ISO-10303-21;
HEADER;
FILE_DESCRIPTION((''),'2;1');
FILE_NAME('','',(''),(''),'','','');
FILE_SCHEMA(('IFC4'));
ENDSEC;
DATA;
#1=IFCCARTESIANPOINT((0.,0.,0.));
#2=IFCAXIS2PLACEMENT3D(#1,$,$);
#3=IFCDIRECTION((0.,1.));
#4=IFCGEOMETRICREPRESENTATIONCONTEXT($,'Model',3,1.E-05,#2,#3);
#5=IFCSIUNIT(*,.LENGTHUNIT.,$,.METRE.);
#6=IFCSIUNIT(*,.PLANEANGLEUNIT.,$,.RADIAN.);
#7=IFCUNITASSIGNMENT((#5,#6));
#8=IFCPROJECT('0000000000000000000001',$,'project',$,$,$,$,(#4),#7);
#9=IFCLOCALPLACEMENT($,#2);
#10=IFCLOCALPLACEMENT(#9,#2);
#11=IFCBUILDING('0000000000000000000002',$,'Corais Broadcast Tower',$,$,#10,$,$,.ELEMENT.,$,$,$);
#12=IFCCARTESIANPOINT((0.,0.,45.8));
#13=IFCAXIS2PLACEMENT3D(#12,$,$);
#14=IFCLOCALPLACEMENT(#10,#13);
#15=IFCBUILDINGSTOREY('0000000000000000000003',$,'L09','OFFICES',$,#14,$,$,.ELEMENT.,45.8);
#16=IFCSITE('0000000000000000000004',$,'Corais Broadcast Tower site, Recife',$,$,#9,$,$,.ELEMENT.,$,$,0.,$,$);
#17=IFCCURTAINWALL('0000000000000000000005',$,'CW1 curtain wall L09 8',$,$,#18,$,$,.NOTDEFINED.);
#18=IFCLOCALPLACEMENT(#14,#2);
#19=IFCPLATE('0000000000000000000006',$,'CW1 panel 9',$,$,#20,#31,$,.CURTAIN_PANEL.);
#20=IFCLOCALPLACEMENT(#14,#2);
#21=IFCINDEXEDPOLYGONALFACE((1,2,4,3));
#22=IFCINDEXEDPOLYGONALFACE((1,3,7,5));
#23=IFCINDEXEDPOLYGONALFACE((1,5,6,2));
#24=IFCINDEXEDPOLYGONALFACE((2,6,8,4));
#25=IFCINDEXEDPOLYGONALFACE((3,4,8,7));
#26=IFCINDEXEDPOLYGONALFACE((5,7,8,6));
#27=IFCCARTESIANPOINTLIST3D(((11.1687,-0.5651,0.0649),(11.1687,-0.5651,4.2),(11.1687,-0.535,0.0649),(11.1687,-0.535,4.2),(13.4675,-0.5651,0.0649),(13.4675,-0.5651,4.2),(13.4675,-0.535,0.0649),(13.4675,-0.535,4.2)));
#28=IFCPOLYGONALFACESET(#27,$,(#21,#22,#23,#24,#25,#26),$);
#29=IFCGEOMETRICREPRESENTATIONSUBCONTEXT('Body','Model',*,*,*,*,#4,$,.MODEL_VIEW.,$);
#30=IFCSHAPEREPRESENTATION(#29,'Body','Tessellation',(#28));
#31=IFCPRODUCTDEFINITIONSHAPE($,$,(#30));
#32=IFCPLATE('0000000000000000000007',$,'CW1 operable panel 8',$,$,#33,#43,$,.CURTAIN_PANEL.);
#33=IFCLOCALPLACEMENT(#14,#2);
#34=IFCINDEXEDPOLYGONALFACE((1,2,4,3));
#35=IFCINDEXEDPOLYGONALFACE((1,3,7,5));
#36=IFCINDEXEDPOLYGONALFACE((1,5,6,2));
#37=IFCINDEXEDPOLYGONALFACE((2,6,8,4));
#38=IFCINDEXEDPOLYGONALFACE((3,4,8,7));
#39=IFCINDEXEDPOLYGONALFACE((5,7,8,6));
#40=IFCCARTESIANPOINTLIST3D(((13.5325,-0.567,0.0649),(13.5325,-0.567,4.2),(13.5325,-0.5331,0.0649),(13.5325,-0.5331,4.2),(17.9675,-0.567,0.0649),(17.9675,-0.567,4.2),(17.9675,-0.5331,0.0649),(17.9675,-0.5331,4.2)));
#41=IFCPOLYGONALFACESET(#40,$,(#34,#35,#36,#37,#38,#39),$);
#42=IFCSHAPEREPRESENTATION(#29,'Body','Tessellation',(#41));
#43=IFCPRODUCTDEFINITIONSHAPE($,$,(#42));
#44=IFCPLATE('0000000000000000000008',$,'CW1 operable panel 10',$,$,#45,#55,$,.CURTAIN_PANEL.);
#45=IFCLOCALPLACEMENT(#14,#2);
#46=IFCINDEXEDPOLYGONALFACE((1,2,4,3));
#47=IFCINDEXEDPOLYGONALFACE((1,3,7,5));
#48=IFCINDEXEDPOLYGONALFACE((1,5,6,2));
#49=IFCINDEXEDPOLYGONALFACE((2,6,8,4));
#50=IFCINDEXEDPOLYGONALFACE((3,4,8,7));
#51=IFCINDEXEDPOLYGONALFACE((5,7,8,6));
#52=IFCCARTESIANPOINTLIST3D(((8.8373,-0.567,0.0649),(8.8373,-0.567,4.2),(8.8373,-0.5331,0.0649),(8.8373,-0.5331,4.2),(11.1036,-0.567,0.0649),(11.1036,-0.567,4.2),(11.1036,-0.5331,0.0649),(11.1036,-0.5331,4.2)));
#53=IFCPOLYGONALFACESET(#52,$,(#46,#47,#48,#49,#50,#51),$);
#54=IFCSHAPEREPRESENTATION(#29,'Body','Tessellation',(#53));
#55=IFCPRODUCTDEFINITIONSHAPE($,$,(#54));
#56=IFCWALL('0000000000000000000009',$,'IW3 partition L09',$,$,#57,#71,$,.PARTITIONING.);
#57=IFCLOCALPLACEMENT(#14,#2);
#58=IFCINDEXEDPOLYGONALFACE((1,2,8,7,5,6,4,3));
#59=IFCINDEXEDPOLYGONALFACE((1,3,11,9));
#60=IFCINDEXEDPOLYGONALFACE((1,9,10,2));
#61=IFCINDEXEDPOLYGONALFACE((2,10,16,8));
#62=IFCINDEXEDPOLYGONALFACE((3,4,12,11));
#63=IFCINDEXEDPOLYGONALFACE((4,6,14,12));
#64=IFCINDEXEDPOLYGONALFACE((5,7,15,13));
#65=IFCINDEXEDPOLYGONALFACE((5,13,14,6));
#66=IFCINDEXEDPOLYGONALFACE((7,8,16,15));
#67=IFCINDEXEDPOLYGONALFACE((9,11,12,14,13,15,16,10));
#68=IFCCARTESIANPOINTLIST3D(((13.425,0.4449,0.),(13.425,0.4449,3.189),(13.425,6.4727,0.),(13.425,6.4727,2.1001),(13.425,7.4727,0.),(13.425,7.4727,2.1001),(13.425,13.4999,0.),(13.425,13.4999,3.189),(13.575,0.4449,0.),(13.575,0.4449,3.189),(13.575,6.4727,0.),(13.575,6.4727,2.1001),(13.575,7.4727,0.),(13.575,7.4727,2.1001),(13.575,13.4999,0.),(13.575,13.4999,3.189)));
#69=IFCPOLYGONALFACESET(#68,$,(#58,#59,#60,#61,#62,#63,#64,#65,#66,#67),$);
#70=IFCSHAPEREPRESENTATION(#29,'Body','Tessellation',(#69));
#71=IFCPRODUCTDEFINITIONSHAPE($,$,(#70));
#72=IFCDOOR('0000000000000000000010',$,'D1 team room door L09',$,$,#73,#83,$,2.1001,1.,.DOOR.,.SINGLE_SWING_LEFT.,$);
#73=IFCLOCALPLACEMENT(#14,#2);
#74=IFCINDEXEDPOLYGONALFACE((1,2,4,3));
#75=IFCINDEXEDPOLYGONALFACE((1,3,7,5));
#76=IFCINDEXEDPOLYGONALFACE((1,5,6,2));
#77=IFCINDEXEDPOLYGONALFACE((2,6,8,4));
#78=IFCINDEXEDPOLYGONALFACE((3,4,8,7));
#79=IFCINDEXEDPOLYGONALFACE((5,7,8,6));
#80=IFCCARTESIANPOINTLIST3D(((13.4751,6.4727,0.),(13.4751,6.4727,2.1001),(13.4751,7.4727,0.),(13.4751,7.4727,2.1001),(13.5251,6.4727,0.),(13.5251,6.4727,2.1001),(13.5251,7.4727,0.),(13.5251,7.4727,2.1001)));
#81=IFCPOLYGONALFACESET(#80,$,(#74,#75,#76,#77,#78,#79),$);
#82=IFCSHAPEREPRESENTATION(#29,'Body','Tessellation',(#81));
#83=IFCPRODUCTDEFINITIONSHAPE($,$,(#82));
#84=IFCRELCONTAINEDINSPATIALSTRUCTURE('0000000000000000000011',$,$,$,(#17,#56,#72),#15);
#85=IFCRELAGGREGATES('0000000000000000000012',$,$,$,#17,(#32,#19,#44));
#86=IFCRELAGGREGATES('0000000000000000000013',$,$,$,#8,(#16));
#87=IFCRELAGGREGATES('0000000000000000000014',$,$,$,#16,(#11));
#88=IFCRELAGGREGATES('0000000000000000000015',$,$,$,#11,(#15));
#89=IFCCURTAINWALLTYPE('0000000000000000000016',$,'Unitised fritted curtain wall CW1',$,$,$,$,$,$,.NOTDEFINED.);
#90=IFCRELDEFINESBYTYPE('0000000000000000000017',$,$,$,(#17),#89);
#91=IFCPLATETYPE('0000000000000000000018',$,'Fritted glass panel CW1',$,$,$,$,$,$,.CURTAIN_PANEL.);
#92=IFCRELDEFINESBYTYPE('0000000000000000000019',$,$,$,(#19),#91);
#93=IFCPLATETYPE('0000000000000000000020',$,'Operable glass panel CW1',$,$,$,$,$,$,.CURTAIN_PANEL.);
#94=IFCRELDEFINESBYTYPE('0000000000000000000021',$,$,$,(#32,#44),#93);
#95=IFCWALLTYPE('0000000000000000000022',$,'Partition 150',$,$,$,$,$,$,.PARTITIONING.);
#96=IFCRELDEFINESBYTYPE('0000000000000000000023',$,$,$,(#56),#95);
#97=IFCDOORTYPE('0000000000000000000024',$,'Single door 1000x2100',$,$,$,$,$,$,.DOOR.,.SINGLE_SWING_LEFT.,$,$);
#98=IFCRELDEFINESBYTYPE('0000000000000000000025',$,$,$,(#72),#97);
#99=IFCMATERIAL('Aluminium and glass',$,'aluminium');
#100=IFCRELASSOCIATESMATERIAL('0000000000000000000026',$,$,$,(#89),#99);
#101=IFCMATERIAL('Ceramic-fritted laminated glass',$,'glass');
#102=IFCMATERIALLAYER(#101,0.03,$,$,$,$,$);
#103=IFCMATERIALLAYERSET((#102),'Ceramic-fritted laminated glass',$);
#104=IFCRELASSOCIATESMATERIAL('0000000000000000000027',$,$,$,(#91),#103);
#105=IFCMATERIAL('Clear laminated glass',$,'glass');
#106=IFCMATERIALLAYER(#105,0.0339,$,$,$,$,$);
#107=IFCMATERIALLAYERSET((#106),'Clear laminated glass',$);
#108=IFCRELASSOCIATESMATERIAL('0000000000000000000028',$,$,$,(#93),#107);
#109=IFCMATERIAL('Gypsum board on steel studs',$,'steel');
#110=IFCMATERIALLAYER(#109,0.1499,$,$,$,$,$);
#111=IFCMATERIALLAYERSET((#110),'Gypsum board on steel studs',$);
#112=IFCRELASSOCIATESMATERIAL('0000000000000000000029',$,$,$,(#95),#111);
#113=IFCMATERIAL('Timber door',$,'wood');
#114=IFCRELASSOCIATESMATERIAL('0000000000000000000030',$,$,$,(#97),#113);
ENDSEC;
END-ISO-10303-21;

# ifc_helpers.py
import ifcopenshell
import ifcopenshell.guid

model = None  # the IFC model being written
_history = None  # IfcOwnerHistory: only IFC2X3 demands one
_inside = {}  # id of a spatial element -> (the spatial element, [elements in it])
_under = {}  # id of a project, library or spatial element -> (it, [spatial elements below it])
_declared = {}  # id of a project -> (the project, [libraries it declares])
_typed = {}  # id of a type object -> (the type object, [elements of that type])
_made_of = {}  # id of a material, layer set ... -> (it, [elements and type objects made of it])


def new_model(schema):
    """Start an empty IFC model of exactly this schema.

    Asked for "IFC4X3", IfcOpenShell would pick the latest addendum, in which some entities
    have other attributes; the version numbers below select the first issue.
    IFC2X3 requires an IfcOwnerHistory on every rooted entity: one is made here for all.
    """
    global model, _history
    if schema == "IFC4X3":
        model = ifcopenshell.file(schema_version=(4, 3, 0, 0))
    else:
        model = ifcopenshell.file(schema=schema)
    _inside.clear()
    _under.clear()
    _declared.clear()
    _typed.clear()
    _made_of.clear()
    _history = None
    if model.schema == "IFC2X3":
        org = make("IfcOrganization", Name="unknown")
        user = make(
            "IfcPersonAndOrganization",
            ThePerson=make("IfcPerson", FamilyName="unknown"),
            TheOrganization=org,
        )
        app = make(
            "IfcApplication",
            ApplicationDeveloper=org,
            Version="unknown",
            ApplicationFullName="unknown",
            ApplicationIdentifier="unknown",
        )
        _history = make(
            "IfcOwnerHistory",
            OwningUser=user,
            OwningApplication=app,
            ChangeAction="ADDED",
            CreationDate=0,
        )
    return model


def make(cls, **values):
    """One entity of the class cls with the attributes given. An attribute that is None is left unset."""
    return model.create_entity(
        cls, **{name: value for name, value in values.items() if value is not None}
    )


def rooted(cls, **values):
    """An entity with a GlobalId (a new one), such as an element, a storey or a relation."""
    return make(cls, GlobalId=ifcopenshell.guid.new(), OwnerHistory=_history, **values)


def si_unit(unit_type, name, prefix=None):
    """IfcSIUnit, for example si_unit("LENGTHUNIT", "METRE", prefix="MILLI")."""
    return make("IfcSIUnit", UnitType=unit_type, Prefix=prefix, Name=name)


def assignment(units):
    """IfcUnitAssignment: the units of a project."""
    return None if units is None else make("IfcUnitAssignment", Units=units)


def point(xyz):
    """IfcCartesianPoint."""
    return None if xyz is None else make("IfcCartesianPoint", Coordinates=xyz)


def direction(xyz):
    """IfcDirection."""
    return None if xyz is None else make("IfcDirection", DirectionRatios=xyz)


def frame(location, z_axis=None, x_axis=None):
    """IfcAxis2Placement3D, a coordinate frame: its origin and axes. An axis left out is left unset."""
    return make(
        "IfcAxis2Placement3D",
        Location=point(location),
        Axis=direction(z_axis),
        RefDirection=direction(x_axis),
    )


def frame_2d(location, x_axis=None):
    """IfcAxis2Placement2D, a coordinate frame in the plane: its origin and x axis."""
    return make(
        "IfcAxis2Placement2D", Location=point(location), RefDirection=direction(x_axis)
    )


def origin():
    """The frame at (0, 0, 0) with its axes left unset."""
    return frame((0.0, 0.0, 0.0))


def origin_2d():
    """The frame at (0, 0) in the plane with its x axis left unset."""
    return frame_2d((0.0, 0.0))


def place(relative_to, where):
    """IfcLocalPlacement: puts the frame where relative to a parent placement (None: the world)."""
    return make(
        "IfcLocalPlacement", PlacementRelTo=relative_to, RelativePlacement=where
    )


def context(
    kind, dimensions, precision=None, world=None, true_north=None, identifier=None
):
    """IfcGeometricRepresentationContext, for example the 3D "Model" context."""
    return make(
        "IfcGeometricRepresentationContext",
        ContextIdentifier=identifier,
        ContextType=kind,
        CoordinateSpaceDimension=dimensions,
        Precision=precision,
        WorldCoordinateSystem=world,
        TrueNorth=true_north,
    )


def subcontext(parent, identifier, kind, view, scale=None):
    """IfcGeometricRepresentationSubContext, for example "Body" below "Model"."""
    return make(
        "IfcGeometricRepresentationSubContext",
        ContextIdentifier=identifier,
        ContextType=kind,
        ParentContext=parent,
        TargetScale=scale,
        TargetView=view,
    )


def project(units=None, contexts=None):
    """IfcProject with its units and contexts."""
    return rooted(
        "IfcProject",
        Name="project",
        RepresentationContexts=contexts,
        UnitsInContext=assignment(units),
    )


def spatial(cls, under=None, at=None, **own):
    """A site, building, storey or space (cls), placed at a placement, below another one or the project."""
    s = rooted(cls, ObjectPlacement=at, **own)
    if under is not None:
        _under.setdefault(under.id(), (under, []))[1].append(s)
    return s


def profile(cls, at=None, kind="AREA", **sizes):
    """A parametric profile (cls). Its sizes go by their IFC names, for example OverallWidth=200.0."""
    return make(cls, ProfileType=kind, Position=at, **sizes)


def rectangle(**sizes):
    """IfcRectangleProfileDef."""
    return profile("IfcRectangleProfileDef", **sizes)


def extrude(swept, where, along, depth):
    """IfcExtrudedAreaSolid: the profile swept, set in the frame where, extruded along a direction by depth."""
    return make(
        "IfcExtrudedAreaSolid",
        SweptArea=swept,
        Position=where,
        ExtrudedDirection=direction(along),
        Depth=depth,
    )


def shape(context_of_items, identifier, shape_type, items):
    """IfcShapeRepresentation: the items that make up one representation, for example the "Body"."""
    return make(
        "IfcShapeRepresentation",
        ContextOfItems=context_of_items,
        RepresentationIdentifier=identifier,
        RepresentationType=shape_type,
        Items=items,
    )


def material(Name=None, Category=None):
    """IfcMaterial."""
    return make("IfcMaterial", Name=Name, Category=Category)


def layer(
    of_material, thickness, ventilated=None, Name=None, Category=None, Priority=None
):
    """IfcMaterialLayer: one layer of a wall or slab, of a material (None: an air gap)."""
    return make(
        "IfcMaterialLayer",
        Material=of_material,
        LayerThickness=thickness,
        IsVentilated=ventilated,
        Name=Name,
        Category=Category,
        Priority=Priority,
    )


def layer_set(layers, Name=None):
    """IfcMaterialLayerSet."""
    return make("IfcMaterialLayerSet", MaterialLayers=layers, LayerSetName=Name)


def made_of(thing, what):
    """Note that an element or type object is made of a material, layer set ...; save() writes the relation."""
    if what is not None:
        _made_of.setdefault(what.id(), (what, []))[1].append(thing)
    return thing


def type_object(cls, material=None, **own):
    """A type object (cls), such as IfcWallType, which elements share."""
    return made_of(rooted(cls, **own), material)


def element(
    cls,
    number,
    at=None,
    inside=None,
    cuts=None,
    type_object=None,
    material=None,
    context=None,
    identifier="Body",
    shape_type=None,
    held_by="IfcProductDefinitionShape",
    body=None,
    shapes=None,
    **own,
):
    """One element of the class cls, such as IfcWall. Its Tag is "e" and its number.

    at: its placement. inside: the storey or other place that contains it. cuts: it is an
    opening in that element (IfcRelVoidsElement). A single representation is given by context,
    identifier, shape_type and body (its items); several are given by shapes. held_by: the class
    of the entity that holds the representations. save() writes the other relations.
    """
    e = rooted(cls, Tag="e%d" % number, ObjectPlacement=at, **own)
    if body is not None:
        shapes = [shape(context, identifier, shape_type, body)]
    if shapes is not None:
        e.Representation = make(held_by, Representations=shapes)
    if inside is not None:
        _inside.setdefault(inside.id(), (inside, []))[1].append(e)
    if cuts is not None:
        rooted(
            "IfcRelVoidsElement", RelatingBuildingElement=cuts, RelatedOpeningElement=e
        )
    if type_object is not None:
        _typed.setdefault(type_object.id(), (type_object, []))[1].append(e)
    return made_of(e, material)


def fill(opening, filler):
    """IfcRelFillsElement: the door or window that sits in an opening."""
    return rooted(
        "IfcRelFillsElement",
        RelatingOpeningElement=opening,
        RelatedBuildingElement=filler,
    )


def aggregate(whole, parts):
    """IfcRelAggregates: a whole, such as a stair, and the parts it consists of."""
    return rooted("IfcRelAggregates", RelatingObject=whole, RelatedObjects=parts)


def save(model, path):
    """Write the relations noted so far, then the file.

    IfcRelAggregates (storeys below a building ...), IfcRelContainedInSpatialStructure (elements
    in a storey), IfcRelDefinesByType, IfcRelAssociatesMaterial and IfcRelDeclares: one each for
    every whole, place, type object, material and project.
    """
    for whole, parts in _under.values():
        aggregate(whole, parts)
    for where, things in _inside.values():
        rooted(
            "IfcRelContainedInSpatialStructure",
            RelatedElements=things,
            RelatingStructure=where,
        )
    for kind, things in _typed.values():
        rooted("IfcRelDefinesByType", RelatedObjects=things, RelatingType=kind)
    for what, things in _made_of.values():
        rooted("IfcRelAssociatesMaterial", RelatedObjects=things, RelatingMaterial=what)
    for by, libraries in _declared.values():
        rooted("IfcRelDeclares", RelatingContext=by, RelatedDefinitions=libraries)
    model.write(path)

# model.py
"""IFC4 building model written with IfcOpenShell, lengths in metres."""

from ifc_helpers import new_model, si_unit, direction, frame, frame_2d, origin, origin_2d, place, context, subcontext, project, spatial, rectangle, extrude, material, layer, layer_set, type_object, element, fill, aggregate, save


model = new_model("IFC4")

# Units and contexts
model_context = context("Model", 3, precision=1e-05, world=origin(), true_north=direction((0.0, 1.0)))
body_context = subcontext(model_context, "Body", "Model", "MODEL_VIEW")
ifc_project = project(units=[si_unit("LENGTHUNIT", "METRE"), si_unit("PLANEANGLEUNIT", "RADIAN")], contexts=[model_context])

# Site, building, storey
site_placement = place(None, origin())
site = spatial("IfcSite", under=ifc_project, at=site_placement, Name="Corais Broadcast Tower site, Recife", CompositionType="ELEMENT", RefElevation=0.0)
building_placement = place(site_placement, origin())
building = spatial("IfcBuilding", under=site, at=building_placement, Name="Corais Broadcast Tower", CompositionType="ELEMENT")
storey_placement = place(building_placement, frame((0.0, 0.0, 45.8)))
storey = spatial("IfcBuildingStorey", under=building, at=storey_placement, Name="L09", Description="OFFICES", CompositionType="ELEMENT", Elevation=45.8)

# Curtain wall
ifc_material_1 = material(Name="Aluminium and glass", Category="aluminium")
curtain_wall_type = type_object("IfcCurtainWallType", Name="Unitised fritted curtain wall CW1", PredefinedType="NOTDEFINED", material=ifc_material_1)
curtain_wall_placement = place(storey_placement, origin())
curtain_wall = element("IfcCurtainWall", 1, at=curtain_wall_placement, inside=storey, type_object=curtain_wall_type, Name="CW1 curtain wall L09 8", PredefinedType="NOTDEFINED")

# Plates
ifc_material_2 = material(Name="Ceramic-fritted laminated glass", Category="glass")
ifc_layer_1 = layer(ifc_material_2, 0.03)
ifc_layer_set_1 = layer_set([ifc_layer_1], Name="Ceramic-fritted laminated glass")
plate_type_1 = type_object("IfcPlateType", Name="Fritted glass panel CW1", PredefinedType="CURTAIN_PANEL", material=ifc_layer_set_1)
plate_1_placement = place(storey_placement, frame((12.3181, -0.55, 0.0649), z_axis=(0.0, 0.0, 1.0), x_axis=(-1.0, 0.0, 0.0)))
plate_1 = element("IfcPlate", 2, at=plate_1_placement, type_object=plate_type_1, Name="CW1 panel 9", PredefinedType="CURTAIN_PANEL", context=body_context, shape_type="SweptSolid", body=[
    extrude(rectangle(XDim=2.2988, YDim=0.03, at=origin_2d()), origin(), (0.0, 0.0, 1.0), 4.135),
])
ifc_material_3 = material(Name="Clear laminated glass", Category="glass")
ifc_layer_2 = layer(ifc_material_3, 0.0339)
ifc_layer_set_2 = layer_set([ifc_layer_2], Name="Clear laminated glass")
plate_type_2 = type_object("IfcPlateType", Name="Operable glass panel CW1", PredefinedType="CURTAIN_PANEL", material=ifc_layer_set_2)
plate_2_placement = place(storey_placement, frame((15.75, -0.55, 0.0649), z_axis=(0.0, 0.0, 1.0), x_axis=(-1.0, 0.0, 0.0)))
plate_2 = element("IfcPlate", 3, at=plate_2_placement, type_object=plate_type_2, Name="CW1 operable panel 8", PredefinedType="CURTAIN_PANEL", context=body_context, shape_type="SweptSolid", body=[
    extrude(rectangle(XDim=4.4351, YDim=0.0339, at=origin_2d()), origin(), (0.0, 0.0, 1.0), 4.135),
])
plate_3_placement = place(storey_placement, frame((9.9705, -0.55, 0.0649), z_axis=(0.0, 0.0, 1.0), x_axis=(-1.0, 0.0, 0.0)))
plate_3 = element("IfcPlate", 4, at=plate_3_placement, type_object=plate_type_2, Name="CW1 operable panel 10", PredefinedType="CURTAIN_PANEL", context=body_context, shape_type="SweptSolid", body=[
    extrude(rectangle(XDim=2.2664, YDim=0.0339, at=origin_2d()), origin(), (0.0, 0.0, 1.0), 4.135),
])
aggregate(curtain_wall, [plate_2, plate_1, plate_3])

# Wall, opening, door
ifc_material_4 = material(Name="Gypsum board on steel studs", Category="steel")
ifc_layer_3 = layer(ifc_material_4, 0.1499)
ifc_layer_set_3 = layer_set([ifc_layer_3], Name="Gypsum board on steel studs")
wall_type = type_object("IfcWallType", Name="Partition 150", PredefinedType="PARTITIONING", material=ifc_layer_set_3)
wall_placement = place(storey_placement, frame((13.5, 0.4451, 0.0), z_axis=(0.0, 0.0, 1.0), x_axis=(0.0, 1.0, 0.0)))
wall = element("IfcWall", 5, at=wall_placement, inside=storey, type_object=wall_type, Name="IW3 partition L09", PredefinedType="PARTITIONING", context=body_context, shape_type="SweptSolid", body=[
    extrude(rectangle(XDim=13.0549, YDim=0.1499, at=frame_2d((6.5273, 0.0))), origin(), (0.0, 0.0, 1.0), 3.189),
])
opening_placement = place(wall_placement, frame((6.0276, 0.0, 0.0)))
opening = element("IfcOpeningElement", 6, at=opening_placement, cuts=wall, PredefinedType="OPENING", context=body_context, shape_type="SweptSolid", body=[
    extrude(rectangle(XDim=1.0, YDim=2.1001, at=frame_2d((0.5, 1.05))), frame((0.0, 0.085, 0.0), z_axis=(0.0, -1.0, 0.0), x_axis=(1.0, 0.0, 0.0)), (0.0, 0.0, 1.0), 0.1699),
])
ifc_material_5 = material(Name="Timber door", Category="wood")
door_type = type_object("IfcDoorType", Name="Single door 1000x2100", OperationType="SINGLE_SWING_LEFT", PredefinedType="DOOR", material=ifc_material_5)
door_placement = place(opening_placement, origin())
door = element("IfcDoor", 7, at=door_placement, inside=storey, type_object=door_type, Name="D1 team room door L09", OperationType="SINGLE_SWING_LEFT", OverallHeight=2.1001, OverallWidth=1.0, PredefinedType="DOOR", context=body_context, shape_type="SweptSolid", body=[
    extrude(rectangle(XDim=1.0, YDim=2.1001, at=frame_2d((0.5, 1.05))), frame((0.0, 0.0249, 0.0), z_axis=(0.0, -1.0, 0.0), x_axis=(1.0, 0.0, 0.0)), (0.0, 0.0, 1.0), 0.05),
])
fill(opening, door)

save(model, "model.ifc")
